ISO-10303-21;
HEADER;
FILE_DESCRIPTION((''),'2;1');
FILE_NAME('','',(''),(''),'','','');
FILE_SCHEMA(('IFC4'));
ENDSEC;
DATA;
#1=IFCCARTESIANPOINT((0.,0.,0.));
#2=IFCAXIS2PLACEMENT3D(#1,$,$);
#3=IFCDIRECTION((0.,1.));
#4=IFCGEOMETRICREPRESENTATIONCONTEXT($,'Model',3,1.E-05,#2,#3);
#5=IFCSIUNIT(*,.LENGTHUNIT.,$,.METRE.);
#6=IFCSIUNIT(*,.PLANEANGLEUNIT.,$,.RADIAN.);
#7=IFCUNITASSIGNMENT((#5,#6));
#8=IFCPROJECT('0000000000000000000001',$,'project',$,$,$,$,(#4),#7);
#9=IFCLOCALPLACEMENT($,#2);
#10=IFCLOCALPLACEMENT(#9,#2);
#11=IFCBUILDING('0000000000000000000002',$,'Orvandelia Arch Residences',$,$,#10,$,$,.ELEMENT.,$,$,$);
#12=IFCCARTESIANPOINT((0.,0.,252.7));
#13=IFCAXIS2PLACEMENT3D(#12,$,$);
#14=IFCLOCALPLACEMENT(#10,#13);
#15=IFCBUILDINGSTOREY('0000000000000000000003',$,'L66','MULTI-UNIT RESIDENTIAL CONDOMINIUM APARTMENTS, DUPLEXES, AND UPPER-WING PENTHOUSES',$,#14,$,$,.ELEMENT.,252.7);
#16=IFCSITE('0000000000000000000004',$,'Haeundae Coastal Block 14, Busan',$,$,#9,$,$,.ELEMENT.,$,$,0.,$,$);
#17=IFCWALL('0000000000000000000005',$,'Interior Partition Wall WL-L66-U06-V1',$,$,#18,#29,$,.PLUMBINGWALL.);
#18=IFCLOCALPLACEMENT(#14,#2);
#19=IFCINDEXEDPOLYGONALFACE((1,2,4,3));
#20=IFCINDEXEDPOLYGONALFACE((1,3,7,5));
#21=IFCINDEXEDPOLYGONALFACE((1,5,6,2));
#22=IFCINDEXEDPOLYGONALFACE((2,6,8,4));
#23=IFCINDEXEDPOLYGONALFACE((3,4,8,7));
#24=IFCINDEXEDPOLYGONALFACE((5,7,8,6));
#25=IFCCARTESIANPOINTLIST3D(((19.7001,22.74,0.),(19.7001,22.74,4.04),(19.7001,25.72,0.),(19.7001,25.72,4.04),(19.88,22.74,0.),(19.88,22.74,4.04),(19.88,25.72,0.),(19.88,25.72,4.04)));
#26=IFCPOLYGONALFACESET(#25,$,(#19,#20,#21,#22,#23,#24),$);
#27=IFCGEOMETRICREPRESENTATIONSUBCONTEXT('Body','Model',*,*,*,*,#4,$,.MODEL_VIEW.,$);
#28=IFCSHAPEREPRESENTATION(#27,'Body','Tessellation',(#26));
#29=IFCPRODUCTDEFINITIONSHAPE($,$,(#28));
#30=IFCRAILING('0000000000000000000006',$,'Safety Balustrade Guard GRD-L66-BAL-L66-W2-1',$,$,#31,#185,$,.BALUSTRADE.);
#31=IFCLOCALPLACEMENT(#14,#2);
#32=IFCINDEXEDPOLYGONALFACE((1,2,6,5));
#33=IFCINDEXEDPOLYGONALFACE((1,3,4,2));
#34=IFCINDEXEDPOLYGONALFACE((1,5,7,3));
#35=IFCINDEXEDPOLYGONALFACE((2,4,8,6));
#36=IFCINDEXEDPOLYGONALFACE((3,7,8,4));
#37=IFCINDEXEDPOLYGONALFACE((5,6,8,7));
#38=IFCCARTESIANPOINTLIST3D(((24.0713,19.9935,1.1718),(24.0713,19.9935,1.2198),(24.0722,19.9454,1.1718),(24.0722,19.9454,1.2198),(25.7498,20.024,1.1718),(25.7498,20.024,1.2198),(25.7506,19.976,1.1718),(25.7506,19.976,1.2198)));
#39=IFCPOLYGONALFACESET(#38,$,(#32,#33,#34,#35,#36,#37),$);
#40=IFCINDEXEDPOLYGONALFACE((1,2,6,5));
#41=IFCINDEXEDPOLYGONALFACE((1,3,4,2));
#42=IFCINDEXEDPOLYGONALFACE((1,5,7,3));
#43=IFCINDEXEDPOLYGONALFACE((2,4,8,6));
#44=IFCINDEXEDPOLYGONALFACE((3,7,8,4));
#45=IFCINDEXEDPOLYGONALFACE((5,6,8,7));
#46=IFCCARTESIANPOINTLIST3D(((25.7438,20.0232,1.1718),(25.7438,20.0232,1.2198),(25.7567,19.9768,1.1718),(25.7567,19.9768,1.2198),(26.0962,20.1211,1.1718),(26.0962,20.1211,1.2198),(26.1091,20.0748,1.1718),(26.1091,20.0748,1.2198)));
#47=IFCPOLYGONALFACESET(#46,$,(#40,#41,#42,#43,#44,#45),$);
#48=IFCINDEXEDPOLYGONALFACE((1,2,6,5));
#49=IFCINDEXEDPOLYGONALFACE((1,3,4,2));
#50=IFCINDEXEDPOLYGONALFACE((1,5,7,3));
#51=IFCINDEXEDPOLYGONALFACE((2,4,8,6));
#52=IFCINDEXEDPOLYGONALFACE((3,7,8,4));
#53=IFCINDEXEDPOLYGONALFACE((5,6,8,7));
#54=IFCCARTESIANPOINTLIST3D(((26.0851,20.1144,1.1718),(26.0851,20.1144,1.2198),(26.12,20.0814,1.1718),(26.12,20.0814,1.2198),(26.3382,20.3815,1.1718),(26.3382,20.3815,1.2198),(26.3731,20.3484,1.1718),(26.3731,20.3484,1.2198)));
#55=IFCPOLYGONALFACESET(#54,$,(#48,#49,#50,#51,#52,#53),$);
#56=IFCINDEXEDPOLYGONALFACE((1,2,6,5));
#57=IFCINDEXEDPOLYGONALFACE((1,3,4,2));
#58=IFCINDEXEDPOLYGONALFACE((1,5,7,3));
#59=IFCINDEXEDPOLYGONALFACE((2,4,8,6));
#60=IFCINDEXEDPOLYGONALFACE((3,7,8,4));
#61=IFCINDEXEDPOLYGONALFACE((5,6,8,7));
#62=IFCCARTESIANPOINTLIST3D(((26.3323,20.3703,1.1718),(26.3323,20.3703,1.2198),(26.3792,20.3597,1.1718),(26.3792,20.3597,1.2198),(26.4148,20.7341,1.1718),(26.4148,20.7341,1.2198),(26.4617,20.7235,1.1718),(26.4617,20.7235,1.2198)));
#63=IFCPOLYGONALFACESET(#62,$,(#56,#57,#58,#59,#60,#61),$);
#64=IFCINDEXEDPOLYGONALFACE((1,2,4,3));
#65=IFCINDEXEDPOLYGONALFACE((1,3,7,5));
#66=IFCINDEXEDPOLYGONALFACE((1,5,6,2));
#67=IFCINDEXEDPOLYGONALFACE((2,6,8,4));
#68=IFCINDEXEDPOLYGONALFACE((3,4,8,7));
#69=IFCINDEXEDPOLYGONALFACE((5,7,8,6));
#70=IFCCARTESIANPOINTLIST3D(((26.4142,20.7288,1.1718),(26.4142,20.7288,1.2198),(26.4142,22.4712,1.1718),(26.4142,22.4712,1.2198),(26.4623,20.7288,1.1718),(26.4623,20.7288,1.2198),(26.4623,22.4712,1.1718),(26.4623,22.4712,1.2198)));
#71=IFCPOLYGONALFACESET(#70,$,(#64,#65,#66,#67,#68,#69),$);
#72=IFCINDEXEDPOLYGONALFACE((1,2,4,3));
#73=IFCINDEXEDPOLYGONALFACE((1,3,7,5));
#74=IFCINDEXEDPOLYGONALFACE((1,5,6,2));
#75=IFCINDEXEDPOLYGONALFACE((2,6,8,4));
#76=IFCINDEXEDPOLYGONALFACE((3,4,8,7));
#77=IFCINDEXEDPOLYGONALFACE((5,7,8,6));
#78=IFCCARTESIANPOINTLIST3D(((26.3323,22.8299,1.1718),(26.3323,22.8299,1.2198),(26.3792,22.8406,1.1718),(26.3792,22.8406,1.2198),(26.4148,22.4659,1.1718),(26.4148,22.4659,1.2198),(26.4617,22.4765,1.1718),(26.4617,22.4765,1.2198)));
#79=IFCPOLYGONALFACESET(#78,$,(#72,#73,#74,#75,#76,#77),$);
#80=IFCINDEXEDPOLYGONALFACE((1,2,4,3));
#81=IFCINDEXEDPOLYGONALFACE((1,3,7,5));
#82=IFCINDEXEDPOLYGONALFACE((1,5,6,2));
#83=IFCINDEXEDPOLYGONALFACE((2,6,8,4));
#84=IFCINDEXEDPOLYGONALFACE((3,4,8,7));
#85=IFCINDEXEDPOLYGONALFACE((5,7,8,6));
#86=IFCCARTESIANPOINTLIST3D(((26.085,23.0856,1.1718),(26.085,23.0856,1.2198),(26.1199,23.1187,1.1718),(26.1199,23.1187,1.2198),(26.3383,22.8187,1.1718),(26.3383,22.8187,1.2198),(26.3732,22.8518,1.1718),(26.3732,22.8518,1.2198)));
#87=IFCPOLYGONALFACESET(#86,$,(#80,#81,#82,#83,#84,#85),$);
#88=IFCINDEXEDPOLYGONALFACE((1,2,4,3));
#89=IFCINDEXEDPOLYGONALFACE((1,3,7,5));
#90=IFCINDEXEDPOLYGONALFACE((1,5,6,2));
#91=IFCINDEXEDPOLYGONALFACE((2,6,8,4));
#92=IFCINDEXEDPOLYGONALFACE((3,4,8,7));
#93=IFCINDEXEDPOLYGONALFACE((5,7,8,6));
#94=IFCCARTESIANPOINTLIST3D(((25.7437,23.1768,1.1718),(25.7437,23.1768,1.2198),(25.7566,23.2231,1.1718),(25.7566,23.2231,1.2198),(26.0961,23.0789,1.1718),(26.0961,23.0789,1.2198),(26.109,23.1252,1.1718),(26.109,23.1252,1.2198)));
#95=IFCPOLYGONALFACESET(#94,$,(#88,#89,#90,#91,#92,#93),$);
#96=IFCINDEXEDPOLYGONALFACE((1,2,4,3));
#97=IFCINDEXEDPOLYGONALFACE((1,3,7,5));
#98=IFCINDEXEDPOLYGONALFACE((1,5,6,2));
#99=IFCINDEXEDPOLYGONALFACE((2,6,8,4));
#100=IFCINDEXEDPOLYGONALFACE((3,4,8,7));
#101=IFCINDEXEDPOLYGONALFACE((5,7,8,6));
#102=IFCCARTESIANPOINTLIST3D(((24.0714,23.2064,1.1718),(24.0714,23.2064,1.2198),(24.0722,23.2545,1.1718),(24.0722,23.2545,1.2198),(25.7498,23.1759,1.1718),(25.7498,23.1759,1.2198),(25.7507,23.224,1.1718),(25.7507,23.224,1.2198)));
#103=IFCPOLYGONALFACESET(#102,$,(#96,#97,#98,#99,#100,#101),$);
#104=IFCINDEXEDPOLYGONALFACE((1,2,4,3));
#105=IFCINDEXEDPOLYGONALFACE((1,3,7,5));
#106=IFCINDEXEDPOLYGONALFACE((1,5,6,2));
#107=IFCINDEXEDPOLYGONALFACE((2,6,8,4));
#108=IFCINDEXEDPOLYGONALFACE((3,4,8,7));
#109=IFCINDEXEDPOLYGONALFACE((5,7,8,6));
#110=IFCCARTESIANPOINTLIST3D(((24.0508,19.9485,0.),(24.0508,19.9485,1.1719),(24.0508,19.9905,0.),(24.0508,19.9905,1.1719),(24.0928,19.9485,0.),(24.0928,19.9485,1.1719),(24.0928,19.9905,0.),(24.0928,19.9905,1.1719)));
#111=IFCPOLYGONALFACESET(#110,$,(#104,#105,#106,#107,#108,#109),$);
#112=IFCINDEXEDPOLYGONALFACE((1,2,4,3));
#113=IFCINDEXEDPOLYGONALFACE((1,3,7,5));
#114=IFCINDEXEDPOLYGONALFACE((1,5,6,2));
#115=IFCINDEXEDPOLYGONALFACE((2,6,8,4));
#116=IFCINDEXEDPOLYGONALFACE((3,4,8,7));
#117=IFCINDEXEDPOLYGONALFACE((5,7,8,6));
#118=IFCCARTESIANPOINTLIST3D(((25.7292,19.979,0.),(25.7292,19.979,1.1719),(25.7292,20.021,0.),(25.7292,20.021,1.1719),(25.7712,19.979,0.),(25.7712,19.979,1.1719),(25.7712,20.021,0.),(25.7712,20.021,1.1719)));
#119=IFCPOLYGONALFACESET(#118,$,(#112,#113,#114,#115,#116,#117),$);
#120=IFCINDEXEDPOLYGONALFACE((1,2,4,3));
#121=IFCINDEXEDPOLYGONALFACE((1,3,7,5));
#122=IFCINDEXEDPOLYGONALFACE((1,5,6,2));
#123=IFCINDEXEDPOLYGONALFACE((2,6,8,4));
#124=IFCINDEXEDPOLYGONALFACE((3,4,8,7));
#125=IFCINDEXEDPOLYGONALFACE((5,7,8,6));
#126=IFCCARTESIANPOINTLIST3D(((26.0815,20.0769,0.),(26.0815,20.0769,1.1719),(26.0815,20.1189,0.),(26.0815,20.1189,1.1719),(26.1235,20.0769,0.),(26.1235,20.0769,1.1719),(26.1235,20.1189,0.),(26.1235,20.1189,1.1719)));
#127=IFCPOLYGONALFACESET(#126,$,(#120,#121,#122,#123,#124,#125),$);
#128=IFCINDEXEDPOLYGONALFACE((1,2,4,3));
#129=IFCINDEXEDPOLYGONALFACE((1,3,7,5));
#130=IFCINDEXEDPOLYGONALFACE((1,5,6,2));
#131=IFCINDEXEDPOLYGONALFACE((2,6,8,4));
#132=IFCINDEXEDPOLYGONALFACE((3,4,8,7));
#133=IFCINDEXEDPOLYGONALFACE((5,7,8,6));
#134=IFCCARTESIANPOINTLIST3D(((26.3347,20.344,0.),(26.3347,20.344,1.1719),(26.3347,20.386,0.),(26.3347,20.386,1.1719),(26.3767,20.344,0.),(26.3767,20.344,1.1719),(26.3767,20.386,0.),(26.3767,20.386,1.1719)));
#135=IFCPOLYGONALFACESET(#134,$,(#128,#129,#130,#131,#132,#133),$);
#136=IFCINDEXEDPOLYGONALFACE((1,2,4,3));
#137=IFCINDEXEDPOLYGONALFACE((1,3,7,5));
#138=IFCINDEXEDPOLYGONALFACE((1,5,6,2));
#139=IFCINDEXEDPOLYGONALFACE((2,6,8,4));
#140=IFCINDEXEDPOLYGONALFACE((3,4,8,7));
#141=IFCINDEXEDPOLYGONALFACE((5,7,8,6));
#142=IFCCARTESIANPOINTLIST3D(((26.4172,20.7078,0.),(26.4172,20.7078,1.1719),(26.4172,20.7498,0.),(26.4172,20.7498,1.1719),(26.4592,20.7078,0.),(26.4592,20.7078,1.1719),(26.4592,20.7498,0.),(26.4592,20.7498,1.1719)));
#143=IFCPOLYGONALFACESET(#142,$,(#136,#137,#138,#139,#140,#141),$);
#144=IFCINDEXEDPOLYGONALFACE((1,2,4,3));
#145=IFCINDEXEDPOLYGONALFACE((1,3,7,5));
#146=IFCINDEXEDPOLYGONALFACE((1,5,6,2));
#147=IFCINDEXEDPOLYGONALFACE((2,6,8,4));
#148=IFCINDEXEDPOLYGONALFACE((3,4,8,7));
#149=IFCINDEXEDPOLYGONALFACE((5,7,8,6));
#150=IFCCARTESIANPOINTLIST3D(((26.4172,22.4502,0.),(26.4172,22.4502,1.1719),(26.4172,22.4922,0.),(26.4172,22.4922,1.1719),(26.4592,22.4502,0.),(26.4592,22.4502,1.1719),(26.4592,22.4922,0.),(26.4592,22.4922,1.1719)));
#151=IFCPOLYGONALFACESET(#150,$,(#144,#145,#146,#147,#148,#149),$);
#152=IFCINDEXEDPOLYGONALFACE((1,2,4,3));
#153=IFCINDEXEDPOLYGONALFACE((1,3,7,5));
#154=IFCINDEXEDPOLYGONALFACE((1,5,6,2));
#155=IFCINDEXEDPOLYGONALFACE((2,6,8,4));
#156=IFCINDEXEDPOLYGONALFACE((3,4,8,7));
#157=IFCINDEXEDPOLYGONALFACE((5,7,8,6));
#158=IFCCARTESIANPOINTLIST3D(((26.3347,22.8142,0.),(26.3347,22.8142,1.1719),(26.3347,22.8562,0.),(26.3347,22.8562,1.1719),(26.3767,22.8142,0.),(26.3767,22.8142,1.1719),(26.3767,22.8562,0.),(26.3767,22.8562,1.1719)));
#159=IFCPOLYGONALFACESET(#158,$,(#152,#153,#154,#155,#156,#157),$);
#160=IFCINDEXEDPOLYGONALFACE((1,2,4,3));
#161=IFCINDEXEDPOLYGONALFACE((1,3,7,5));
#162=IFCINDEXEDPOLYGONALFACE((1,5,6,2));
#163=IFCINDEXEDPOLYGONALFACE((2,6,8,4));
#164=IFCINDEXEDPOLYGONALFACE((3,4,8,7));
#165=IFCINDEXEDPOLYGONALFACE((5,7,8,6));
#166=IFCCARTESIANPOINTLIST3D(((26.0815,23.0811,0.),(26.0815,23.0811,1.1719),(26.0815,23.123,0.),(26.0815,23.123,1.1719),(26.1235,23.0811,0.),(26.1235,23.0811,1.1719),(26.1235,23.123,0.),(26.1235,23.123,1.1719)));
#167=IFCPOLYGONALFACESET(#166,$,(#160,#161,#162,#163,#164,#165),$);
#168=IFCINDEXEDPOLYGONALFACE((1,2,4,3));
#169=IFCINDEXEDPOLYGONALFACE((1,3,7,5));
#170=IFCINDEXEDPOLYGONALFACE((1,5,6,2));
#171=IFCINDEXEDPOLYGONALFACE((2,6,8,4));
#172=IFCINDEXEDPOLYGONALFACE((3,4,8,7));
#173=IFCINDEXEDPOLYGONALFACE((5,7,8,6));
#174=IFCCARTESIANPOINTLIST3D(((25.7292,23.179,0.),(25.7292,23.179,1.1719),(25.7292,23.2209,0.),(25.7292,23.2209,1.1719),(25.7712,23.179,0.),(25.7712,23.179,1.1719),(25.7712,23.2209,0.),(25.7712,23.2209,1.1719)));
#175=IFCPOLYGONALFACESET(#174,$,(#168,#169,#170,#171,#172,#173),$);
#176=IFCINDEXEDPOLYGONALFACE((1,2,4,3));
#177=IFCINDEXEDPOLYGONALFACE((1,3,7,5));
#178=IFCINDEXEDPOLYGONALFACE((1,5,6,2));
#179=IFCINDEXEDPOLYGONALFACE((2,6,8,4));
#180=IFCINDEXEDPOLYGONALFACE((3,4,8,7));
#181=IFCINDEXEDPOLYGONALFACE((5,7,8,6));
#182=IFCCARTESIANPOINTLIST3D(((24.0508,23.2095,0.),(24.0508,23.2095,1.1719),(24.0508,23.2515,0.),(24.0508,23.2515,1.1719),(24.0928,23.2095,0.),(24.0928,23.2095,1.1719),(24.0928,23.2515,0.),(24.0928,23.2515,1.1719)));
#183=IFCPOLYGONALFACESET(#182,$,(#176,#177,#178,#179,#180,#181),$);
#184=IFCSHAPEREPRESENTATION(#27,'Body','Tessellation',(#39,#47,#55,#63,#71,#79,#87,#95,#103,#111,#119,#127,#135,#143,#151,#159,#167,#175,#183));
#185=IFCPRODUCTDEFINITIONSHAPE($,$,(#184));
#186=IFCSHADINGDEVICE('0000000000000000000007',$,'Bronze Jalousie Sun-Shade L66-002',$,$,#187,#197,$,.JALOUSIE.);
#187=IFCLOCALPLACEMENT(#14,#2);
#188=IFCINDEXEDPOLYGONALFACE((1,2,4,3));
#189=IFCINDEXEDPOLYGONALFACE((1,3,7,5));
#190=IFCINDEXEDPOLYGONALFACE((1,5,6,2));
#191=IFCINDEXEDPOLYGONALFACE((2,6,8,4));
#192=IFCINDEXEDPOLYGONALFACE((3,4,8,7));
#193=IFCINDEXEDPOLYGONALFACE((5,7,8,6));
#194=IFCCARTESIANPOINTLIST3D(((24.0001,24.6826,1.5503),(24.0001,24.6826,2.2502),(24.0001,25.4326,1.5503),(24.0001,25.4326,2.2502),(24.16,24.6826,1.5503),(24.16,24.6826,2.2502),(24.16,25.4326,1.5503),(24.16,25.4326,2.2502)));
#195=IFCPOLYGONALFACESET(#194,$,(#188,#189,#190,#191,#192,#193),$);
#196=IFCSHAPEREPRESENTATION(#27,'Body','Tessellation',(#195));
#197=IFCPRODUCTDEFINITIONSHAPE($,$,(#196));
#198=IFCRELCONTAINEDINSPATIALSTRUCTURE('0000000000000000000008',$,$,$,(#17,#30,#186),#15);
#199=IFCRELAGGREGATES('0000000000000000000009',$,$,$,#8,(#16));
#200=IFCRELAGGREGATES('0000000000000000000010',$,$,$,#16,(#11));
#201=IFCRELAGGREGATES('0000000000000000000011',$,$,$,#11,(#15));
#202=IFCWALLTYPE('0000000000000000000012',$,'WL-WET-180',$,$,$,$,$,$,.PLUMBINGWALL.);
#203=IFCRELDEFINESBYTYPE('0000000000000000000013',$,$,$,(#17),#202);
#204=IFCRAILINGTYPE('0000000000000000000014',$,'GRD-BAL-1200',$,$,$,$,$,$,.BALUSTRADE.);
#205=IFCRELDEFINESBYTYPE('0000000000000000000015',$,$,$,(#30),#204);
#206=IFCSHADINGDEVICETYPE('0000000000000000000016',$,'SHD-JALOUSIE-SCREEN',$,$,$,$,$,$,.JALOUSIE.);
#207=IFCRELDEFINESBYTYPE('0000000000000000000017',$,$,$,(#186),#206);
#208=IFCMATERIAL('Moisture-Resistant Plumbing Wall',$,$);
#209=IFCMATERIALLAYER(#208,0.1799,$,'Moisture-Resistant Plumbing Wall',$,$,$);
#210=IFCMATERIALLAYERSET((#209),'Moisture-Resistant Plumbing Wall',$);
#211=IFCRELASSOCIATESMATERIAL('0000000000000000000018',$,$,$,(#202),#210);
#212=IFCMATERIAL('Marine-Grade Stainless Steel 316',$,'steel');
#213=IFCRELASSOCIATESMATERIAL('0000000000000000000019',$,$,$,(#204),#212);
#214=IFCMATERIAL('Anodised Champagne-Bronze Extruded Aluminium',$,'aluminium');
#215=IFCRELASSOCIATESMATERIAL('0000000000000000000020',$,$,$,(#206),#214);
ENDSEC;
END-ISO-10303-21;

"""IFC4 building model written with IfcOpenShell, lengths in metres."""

from ifc_helpers import new_model, si_unit, direction, frame, frame_2d, origin, origin_2d, place, context, subcontext, project, spatial, rectangle, extrude, material, layer, layer_set, type_object, element, save


model = new_model("IFC4")

# Units and contexts
model_context = context("Model", 3, precision=1e-05, world=origin(), true_north=direction((0.0, 1.0)))
body_context = subcontext(model_context, "Body", "Model", "MODEL_VIEW")
ifc_project = project(units=[si_unit("LENGTHUNIT", "METRE"), si_unit("PLANEANGLEUNIT", "RADIAN")], contexts=[model_context])

# Site, building, storey
site_placement = place(None, origin())
site = spatial("IfcSite", under=ifc_project, at=site_placement, Name="Haeundae Coastal Block 14, Busan", CompositionType="ELEMENT", RefElevation=0.0)
building_placement = place(site_placement, origin())
building = spatial("IfcBuilding", under=site, at=building_placement, Name="Orvandelia Arch Residences", CompositionType="ELEMENT")
storey_placement = place(building_placement, frame((0.0, 0.0, 252.7)))
storey = spatial("IfcBuildingStorey", under=building, at=storey_placement, Name="L66", Description="MULTI-UNIT RESIDENTIAL CONDOMINIUM APARTMENTS, DUPLEXES, AND UPPER-WING PENTHOUSES", CompositionType="ELEMENT", Elevation=252.7)

# Shared definitions
ifc_material_1 = material(Name="Moisture-Resistant Plumbing Wall")
ifc_layer_1 = layer(ifc_material_1, 0.1799, Name="Moisture-Resistant Plumbing Wall")
ifc_layer_set_1 = layer_set([ifc_layer_1], Name="Moisture-Resistant Plumbing Wall")
wall_type_1 = type_object("IfcWallType", Name="WL-WET-180", PredefinedType="PLUMBINGWALL", material=ifc_layer_set_1)

# Wall
wall_1_placement = place(storey_placement, frame((19.79, 22.74, 0.0), z_axis=(0.0, 0.0, 1.0), x_axis=(0.0, 1.0, 0.0)))
element("IfcWall", 1, at=wall_1_placement, inside=storey, type_object=wall_type_1, Name="Interior Partition Wall WL-L66-U06-V1", PredefinedType="PLUMBINGWALL", context=body_context, shape_type="SweptSolid", body=[
    extrude(rectangle(XDim=2.98, YDim=0.1799, at=frame_2d((1.49, 0.0))), origin(), (0.0, 0.0, 1.0), 4.04),
])

# Railing
ifc_material_2 = material(Name="Marine-Grade Stainless Steel 316", Category="steel")
railing_type = type_object("IfcRailingType", Name="GRD-BAL-1200", PredefinedType="BALUSTRADE", material=ifc_material_2)
railing_placement = place(storey_placement, frame((24.0718, 19.9695, 0.0)))
element("IfcRailing", 2, at=railing_placement, inside=storey, type_object=railing_type, Name="Safety Balustrade Guard GRD-L66-BAL-L66-W2-1", PredefinedType="BALUSTRADE", context=body_context, shape_type="SweptSolid", body=[
    extrude(rectangle(XDim=0.0481, YDim=0.0481, at=origin_2d()), frame((0.0, 0.0, 1.1958), z_axis=(0.999835, 0.018179, 0.0), x_axis=(-0.018179, 0.999835, 0.0)), (0.0, 0.0, 1.0), 1.6787),
    extrude(rectangle(XDim=0.0481, YDim=0.0481, at=origin_2d()), frame((1.6785, 0.0305, 1.1958), z_axis=(0.963489, 0.267747, 0.0), x_axis=(-0.267747, 0.963489, 0.0)), (0.0, 0.0, 1.0), 0.3657),
    extrude(rectangle(XDim=0.0481, YDim=0.0481, at=origin_2d()), frame((2.0308, 0.1284, 1.1958), z_axis=(0.687947, 0.725761, 0.0), x_axis=(-0.725761, 0.687947, 0.0)), (0.0, 0.0, 1.0), 0.3679),
    extrude(rectangle(XDim=0.0481, YDim=0.0481, at=origin_2d()), frame((2.2839, 0.3955, 1.1958), z_axis=(0.221225, 0.975223, 0.0), x_axis=(-0.975223, 0.221225, 0.0)), (0.0, 0.0, 1.0), 0.373),
    extrude(rectangle(XDim=0.0481, YDim=0.0481, at=origin_2d()), frame((2.3665, 0.7593, 1.1958), z_axis=(0.0, 1.0, 0.0), x_axis=(-1.0, 0.0, 0.0)), (0.0, 0.0, 1.0), 1.7424),
    extrude(rectangle(XDim=0.0481, YDim=0.0481, at=origin_2d()), frame((2.3665, 2.5017, 1.1958), z_axis=(-0.221084, 0.975255, 0.0), x_axis=(-0.975255, -0.221084, 0.0)), (0.0, 0.0, 1.0), 0.3733),
    extrude(rectangle(XDim=0.0481, YDim=0.0481, at=origin_2d()), frame((2.2839, 2.8657, 1.1958), z_axis=(-0.688278, 0.725447, 0.0), x_axis=(-0.725447, -0.688278, 0.0)), (0.0, 0.0, 1.0), 0.3679),
    extrude(rectangle(XDim=0.0481, YDim=0.0481, at=origin_2d()), frame((2.0308, 3.1326, 1.1958), z_axis=(-0.963489, 0.267747, 0.0), x_axis=(-0.267747, -0.963489, 0.0)), (0.0, 0.0, 1.0), 0.3657),
    extrude(rectangle(XDim=0.0481, YDim=0.0481, at=origin_2d()), frame((1.6785, 3.2305, 1.1958), z_axis=(-0.999835, 0.018179, 0.0), x_axis=(-0.018179, -0.999835, 0.0)), (0.0, 0.0, 1.0), 1.6787),
    extrude(rectangle(XDim=0.042, YDim=0.042, at=origin_2d()), origin(), (0.0, 0.0, 1.0), 1.1719),
    extrude(rectangle(XDim=0.042, YDim=0.042, at=origin_2d()), frame((1.6785, 0.0305, 0.0)), (0.0, 0.0, 1.0), 1.1719),
    extrude(rectangle(XDim=0.042, YDim=0.042, at=origin_2d()), frame((2.0308, 0.1284, 0.0)), (0.0, 0.0, 1.0), 1.1719),
    extrude(rectangle(XDim=0.042, YDim=0.042, at=origin_2d()), frame((2.2839, 0.3955, 0.0)), (0.0, 0.0, 1.0), 1.1719),
    extrude(rectangle(XDim=0.042, YDim=0.042, at=origin_2d()), frame((2.3665, 0.7593, 0.0)), (0.0, 0.0, 1.0), 1.1719),
    extrude(rectangle(XDim=0.042, YDim=0.042, at=origin_2d()), frame((2.3665, 2.5017, 0.0)), (0.0, 0.0, 1.0), 1.1719),
    extrude(rectangle(XDim=0.042, YDim=0.042, at=origin_2d()), frame((2.2839, 2.8657, 0.0)), (0.0, 0.0, 1.0), 1.1719),
    extrude(rectangle(XDim=0.042, YDim=0.042, at=origin_2d()), frame((2.0308, 3.1326, 0.0)), (0.0, 0.0, 1.0), 1.1719),
    extrude(rectangle(XDim=0.042, YDim=0.042, at=origin_2d()), frame((1.6785, 3.2305, 0.0)), (0.0, 0.0, 1.0), 1.1719),
    extrude(rectangle(XDim=0.042, YDim=0.042, at=origin_2d()), frame((0.0, 3.261, 0.0)), (0.0, 0.0, 1.0), 1.1719),
])

# Shading device
ifc_material_3 = material(Name="Anodised Champagne-Bronze Extruded Aluminium", Category="aluminium")
shading_device_type = type_object("IfcShadingDeviceType", Name="SHD-JALOUSIE-SCREEN", PredefinedType="JALOUSIE", material=ifc_material_3)
shading_device_placement = place(storey_placement, frame((24.0801, 25.0576, 1.5503), z_axis=(0.0, 0.0, 1.0), x_axis=(0.0, -1.0, 0.0)))
element("IfcShadingDevice", 3, at=shading_device_placement, inside=storey, type_object=shading_device_type, Name="Bronze Jalousie Sun-Shade L66-002", PredefinedType="JALOUSIE", context=body_context, shape_type="SweptSolid", body=[
    extrude(rectangle(XDim=0.75, YDim=0.1599, at=origin_2d()), origin(), (0.0, 0.0, 1.0), 0.7),
])

save(model, "model.ifc")
